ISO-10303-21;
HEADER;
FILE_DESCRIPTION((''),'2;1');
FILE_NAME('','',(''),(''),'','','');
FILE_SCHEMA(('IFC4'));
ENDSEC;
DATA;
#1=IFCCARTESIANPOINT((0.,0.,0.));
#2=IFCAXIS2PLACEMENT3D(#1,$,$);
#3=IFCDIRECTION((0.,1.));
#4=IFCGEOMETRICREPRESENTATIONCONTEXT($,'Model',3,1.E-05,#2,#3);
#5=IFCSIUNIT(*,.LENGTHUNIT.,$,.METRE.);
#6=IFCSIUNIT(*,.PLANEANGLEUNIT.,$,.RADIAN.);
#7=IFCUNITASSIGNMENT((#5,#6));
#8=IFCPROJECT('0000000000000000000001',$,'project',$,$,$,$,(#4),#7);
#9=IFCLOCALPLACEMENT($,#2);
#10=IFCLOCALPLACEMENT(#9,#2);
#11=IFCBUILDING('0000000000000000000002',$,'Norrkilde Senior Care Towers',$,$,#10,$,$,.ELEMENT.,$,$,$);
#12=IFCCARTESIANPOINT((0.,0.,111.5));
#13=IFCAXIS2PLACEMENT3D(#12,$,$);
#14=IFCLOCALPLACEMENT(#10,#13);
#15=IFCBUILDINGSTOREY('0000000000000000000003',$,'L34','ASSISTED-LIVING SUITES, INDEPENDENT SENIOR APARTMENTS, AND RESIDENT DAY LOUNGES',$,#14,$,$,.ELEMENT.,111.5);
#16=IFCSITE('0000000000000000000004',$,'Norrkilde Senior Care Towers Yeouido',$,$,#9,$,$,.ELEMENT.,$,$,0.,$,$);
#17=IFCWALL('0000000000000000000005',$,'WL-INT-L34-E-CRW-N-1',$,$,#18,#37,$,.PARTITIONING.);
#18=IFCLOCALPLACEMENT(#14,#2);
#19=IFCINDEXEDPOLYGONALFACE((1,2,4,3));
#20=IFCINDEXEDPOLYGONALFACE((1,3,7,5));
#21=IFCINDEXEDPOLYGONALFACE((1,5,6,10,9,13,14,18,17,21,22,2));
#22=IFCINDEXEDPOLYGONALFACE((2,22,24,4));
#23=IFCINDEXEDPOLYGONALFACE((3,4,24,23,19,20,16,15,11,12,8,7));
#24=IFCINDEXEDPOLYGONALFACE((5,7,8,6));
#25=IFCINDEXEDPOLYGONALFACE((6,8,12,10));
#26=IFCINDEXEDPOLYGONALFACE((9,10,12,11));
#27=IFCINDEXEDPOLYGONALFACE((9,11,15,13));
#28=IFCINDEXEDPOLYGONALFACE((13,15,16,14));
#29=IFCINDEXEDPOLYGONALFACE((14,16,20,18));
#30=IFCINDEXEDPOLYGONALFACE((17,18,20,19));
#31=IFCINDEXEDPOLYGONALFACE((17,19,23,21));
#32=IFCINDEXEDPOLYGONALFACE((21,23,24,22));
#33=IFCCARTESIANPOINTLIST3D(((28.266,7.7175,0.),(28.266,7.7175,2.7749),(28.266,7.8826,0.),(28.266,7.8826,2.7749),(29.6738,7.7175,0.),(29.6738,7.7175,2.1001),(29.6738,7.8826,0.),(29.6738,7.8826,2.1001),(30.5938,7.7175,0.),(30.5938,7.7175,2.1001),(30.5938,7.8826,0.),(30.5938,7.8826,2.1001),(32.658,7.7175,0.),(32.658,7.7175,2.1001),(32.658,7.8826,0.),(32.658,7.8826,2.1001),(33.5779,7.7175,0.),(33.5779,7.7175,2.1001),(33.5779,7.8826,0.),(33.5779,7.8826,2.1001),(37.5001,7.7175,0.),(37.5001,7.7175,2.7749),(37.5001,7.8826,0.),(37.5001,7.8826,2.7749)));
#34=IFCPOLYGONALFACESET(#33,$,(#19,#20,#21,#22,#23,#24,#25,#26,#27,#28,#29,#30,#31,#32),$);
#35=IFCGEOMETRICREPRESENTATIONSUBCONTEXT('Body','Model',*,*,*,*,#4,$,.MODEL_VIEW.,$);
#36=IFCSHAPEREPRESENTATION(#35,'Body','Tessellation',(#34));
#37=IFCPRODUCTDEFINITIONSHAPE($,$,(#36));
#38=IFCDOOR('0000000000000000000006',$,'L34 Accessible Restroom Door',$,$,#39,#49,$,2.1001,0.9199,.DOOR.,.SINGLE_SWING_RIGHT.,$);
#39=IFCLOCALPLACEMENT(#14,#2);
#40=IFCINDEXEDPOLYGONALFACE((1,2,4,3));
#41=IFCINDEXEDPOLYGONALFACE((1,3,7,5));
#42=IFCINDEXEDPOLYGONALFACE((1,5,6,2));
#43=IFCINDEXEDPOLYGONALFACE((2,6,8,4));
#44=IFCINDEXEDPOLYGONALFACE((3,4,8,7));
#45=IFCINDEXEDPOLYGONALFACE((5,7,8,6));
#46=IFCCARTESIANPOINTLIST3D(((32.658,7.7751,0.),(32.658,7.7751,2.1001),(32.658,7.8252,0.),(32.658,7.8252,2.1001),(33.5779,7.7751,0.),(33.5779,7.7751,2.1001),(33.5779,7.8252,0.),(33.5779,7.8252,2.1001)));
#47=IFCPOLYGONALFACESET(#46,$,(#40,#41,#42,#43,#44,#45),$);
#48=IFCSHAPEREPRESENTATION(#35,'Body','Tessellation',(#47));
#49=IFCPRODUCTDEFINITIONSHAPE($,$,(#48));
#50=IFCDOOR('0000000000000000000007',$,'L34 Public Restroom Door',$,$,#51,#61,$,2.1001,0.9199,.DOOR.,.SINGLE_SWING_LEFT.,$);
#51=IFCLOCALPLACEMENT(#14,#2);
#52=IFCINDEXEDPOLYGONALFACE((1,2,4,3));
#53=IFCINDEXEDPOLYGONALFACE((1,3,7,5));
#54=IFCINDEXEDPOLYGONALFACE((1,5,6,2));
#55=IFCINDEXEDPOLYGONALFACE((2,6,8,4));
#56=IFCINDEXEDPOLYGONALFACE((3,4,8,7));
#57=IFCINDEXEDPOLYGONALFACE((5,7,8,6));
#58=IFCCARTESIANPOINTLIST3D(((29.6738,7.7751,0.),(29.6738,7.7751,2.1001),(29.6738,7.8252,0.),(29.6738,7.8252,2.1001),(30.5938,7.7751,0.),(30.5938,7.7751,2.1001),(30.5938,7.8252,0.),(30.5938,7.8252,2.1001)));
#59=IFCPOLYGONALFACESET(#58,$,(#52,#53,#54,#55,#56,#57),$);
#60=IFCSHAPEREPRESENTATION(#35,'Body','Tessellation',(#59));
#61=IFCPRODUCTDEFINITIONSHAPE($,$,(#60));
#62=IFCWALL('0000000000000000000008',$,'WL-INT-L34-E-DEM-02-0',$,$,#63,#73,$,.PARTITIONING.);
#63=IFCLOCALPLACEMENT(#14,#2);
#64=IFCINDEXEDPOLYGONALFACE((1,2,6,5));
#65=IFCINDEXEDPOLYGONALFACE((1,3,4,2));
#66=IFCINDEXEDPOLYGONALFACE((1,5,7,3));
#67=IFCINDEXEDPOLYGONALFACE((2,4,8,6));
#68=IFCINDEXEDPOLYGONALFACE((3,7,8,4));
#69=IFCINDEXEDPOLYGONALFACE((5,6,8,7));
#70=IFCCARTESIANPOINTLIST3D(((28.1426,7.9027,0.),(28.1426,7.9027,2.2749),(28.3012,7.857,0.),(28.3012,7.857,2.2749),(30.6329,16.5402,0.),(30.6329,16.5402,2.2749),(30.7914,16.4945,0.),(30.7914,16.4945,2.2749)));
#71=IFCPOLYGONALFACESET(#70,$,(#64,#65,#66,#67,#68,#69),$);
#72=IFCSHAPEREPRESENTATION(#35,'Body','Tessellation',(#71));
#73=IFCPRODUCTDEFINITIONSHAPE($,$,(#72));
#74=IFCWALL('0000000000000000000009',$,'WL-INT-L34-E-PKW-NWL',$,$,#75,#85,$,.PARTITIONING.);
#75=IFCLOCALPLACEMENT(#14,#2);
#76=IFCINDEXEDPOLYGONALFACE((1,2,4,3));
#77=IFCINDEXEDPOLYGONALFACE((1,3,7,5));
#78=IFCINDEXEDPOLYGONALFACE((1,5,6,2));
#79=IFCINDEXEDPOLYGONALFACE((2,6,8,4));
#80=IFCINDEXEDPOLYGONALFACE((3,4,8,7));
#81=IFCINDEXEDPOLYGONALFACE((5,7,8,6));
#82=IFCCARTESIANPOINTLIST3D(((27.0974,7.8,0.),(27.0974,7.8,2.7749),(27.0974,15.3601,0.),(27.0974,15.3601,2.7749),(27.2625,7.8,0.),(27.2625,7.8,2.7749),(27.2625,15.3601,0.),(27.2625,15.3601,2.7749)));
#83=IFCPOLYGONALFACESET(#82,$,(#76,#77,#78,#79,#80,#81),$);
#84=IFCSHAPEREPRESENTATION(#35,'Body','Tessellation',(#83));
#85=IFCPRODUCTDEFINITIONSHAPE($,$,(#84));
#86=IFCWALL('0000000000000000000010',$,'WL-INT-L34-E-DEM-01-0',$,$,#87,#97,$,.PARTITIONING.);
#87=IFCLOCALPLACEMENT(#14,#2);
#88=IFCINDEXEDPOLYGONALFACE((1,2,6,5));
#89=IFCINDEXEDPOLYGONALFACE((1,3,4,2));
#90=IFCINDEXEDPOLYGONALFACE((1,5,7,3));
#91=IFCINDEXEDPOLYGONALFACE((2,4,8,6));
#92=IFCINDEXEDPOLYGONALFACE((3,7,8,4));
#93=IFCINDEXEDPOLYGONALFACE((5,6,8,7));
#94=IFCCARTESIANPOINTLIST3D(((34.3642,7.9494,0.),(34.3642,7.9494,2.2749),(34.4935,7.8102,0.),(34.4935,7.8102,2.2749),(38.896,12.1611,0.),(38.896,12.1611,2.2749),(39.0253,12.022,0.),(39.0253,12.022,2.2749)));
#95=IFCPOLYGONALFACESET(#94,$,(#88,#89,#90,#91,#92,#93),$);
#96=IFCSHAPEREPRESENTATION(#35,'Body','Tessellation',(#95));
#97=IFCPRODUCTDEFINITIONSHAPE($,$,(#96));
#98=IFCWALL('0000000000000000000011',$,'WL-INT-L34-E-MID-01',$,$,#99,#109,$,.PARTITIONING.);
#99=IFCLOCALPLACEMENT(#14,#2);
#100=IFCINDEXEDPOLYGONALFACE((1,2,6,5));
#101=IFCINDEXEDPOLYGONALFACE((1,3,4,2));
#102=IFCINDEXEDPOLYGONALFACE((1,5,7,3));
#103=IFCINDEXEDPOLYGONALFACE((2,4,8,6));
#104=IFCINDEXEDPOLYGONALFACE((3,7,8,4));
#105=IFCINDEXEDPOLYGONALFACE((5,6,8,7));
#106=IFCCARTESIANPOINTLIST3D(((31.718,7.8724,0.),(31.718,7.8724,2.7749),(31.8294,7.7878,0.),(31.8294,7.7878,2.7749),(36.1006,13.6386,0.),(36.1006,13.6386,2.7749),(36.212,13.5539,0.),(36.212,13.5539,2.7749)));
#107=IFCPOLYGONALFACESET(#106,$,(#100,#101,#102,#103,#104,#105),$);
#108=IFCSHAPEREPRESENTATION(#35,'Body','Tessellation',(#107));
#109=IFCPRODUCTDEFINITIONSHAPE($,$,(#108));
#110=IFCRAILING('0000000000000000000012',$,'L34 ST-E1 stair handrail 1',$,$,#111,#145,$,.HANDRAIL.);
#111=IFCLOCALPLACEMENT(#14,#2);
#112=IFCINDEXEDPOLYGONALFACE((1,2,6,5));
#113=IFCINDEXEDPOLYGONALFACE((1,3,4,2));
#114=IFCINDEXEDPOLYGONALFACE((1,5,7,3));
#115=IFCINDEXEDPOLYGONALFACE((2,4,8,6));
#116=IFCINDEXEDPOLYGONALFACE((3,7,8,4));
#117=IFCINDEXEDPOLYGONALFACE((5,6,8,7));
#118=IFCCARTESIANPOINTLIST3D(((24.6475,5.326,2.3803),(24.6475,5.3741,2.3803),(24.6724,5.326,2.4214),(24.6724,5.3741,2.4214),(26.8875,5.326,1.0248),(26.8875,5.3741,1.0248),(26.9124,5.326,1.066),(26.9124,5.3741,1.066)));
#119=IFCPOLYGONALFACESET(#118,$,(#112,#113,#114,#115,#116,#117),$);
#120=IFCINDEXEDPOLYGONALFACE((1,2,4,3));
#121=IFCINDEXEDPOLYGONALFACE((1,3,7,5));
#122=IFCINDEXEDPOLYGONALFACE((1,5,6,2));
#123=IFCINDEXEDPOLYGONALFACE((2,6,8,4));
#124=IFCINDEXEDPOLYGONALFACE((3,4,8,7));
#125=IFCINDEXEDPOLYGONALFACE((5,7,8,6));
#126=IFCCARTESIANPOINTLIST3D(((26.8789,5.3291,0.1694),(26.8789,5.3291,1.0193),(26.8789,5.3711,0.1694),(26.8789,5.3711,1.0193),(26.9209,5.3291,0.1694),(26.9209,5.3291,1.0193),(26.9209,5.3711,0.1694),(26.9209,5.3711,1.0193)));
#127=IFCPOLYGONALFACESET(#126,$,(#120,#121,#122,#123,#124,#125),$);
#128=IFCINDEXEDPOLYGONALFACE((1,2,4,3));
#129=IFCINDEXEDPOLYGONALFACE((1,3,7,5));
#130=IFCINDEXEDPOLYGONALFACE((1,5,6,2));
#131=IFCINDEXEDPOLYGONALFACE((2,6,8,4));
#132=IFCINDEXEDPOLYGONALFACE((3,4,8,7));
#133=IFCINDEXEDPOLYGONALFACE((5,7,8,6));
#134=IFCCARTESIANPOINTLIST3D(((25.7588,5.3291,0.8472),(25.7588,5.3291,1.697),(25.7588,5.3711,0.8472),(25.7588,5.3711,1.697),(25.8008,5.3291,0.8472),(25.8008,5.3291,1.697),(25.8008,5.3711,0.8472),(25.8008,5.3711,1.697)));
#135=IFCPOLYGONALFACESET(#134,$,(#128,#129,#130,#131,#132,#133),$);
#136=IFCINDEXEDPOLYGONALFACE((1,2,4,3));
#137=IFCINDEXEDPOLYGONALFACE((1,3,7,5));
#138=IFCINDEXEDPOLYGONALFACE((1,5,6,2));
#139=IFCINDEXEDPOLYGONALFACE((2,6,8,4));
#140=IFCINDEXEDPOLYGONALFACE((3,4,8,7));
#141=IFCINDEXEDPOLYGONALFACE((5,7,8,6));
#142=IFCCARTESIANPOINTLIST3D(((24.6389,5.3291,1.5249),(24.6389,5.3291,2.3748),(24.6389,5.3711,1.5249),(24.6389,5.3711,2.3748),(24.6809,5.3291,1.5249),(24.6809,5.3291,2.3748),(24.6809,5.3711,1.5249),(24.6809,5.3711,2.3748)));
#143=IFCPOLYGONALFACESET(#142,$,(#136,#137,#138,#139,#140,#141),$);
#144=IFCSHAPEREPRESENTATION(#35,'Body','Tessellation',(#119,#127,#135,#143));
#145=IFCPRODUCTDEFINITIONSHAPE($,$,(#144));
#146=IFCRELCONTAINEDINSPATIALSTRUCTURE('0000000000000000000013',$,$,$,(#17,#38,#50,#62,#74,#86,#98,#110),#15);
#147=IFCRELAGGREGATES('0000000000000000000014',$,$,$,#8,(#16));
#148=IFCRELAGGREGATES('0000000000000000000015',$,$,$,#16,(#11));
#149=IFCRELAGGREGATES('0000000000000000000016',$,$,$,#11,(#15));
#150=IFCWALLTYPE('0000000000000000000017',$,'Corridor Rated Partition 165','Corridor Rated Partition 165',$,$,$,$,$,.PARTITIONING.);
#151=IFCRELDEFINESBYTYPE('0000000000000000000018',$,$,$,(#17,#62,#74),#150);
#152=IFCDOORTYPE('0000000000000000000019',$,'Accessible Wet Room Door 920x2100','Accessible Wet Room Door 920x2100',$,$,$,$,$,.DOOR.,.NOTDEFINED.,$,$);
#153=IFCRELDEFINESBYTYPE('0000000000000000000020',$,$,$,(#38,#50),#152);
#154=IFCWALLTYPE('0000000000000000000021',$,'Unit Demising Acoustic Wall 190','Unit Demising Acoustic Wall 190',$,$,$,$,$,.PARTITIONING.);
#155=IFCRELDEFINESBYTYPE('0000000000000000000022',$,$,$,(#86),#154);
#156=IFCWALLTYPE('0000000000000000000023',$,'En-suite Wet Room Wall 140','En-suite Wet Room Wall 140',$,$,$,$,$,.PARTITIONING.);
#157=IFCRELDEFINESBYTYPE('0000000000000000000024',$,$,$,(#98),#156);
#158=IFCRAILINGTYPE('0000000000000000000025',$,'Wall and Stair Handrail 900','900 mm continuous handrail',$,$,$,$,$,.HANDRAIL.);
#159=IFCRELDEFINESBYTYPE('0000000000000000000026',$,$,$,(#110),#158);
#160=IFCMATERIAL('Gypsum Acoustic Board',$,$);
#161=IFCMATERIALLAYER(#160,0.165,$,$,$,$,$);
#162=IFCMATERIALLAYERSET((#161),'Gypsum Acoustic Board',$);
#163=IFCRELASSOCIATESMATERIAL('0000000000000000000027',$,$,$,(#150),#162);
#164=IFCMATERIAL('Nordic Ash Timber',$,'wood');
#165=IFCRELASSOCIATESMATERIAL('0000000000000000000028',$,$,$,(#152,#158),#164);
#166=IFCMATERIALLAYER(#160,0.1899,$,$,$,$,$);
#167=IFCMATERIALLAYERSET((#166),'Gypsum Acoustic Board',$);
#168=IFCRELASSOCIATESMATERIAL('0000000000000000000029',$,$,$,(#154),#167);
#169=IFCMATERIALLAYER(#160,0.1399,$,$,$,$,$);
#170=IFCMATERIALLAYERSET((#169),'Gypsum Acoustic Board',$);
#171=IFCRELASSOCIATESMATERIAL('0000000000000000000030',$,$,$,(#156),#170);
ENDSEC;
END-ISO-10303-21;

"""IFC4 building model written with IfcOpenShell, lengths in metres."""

from ifc_helpers import new_model, si_unit, direction, frame, frame_2d, origin, origin_2d, place, context, subcontext, project, spatial, rectangle, extrude, source, transform, mapped, material, layer, layer_set, type_object, type_shapes, element, fill, save


model = new_model("IFC4")

# Units and contexts
model_context = context("Model", 3, precision=1e-05, world=origin(), true_north=direction((0.0, 1.0)))
body_context = subcontext(model_context, "Body", "Model", "MODEL_VIEW")
ifc_project = project(units=[si_unit("LENGTHUNIT", "METRE"), si_unit("PLANEANGLEUNIT", "RADIAN")], contexts=[model_context])

# Site, building, storey
site_placement = place(None, origin())
site = spatial("IfcSite", under=ifc_project, at=site_placement, Name="Norrkilde Senior Care Towers Yeouido", CompositionType="ELEMENT", RefElevation=0.0)
building_placement = place(site_placement, origin())
building = spatial("IfcBuilding", under=site, at=building_placement, Name="Norrkilde Senior Care Towers", CompositionType="ELEMENT")
storey_placement = place(building_placement, frame((0.0, 0.0, 111.5)))
storey = spatial("IfcBuildingStorey", under=building, at=storey_placement, Name="L34", Description="ASSISTED-LIVING SUITES, INDEPENDENT SENIOR APARTMENTS, AND RESIDENT DAY LOUNGES", CompositionType="ELEMENT", Elevation=111.5)

# Shared definitions
ifc_material_1 = material(Name="Gypsum Acoustic Board")
ifc_layer_1 = layer(ifc_material_1, 0.165)
ifc_layer_set_1 = layer_set([ifc_layer_1], Name="Gypsum Acoustic Board")
wall_type_1 = type_object("IfcWallType", Name="Corridor Rated Partition 165", Description="Corridor Rated Partition 165", PredefinedType="PARTITIONING", material=ifc_layer_set_1)
ifc_material_2 = material(Name="Nordic Ash Timber", Category="wood")

# Wall, openings, doors
shared_shape_1 = source(origin(), body_context, "Body", "SweptSolid", [
    extrude(rectangle(XDim=9.2341, YDim=0.165, at=frame_2d((4.6172, 0.0))), origin(), (0.0, 0.0, 1.0), 2.7749),
])
wall_1_placement = place(storey_placement, frame((28.2659, 7.8, 0.0), z_axis=(0.0, 0.0, 1.0), x_axis=(1.0, 0.0, 0.0)))
wall_1 = element("IfcWall", 1, at=wall_1_placement, inside=storey, type_object=wall_type_1, Name="WL-INT-L34-E-CRW-N-1", PredefinedType="PARTITIONING", context=body_context, shape_type="MappedRepresentation", body=[
    mapped(shared_shape_1, transform((0.0, 0.0, 0.0), x_axis=(1.0, 0.0, 0.0), y_axis=(0.0, 1.0, 0.0), z_axis=(0.0, 0.0, 1.0), scale=1.0)),
])
opening_1_placement = place(wall_1_placement, frame((4.3921, 0.0, 0.0)))
opening_1 = element("IfcOpeningElement", 2, at=opening_1_placement, cuts=wall_1, PredefinedType="OPENING", context=body_context, shape_type="SweptSolid", body=[
    extrude(rectangle(XDim=0.9199, YDim=2.1001, at=frame_2d((0.46, 1.05))), frame((0.0, 0.0925, 0.0), z_axis=(0.0, -1.0, 0.0), x_axis=(1.0, 0.0, 0.0)), (0.0, 0.0, 1.0), 0.1851),
])
opening_2_placement = place(wall_1_placement, frame((1.408, 0.0, 0.0)))
opening_2 = element("IfcOpeningElement", 3, at=opening_2_placement, cuts=wall_1, PredefinedType="OPENING", context=body_context, shape_type="SweptSolid", body=[
    extrude(rectangle(XDim=0.9199, YDim=2.1001, at=frame_2d((0.46, 1.05))), frame((0.0, 0.0925, 0.0), z_axis=(0.0, -1.0, 0.0), x_axis=(1.0, 0.0, 0.0)), (0.0, 0.0, 1.0), 0.1851),
])
door_type_1 = type_object("IfcDoorType", Name="Accessible Wet Room Door 920x2100", Description="Accessible Wet Room Door 920x2100", OperationType="NOTDEFINED", PredefinedType="DOOR", material=ifc_material_2)
shared_shape_2 = source(origin(), body_context, "Body", "SweptSolid", [
    extrude(rectangle(XDim=0.9199, YDim=2.1001, at=frame_2d((0.46, 1.05))), frame((0.0, 0.0249, 0.0), z_axis=(0.0, -1.0, 0.0), x_axis=(1.0, 0.0, 0.0)), (0.0, 0.0, 1.0), 0.05),
])
type_shapes(door_type_1, [shared_shape_2])
door_1_placement = place(opening_1_placement, frame((0.9199, 0.0, 0.0), z_axis=(0.0, 0.0, 1.0), x_axis=(-1.0, 0.0, 0.0)))
door_1 = element("IfcDoor", 4, at=door_1_placement, inside=storey, type_object=door_type_1, Name="L34 Accessible Restroom Door", OperationType="SINGLE_SWING_RIGHT", OverallHeight=2.1001, OverallWidth=0.9199, PredefinedType="DOOR", context=body_context, shape_type="MappedRepresentation", body=[
    mapped(shared_shape_2, transform((0.0, 0.0, 0.0), x_axis=(1.0, 0.0, 0.0), y_axis=(0.0, 1.0, 0.0), z_axis=(0.0, 0.0, 1.0), scale=1.0)),
])
fill(opening_1, door_1)
door_2_placement = place(opening_2_placement, frame((0.9199, 0.0, 0.0), z_axis=(0.0, 0.0, 1.0), x_axis=(-1.0, 0.0, 0.0)))
door_2 = element("IfcDoor", 5, at=door_2_placement, inside=storey, type_object=door_type_1, Name="L34 Public Restroom Door", OperationType="SINGLE_SWING_LEFT", OverallHeight=2.1001, OverallWidth=0.9199, PredefinedType="DOOR", context=body_context, shape_type="MappedRepresentation", body=[
    mapped(shared_shape_2, transform((0.0, 0.0, 0.0), x_axis=(1.0, 0.0, 0.0), y_axis=(0.0, 1.0, 0.0), z_axis=(0.0, 0.0, 1.0), scale=1.0)),
])
fill(opening_2, door_2)

# Walls
shared_shape_3 = source(origin(), body_context, "Body", "SweptSolid", [
    extrude(rectangle(XDim=8.9893, YDim=0.165, at=frame_2d((4.4946, 0.0))), origin(), (0.0, 0.0, 1.0), 2.2749),
])
wall_2_placement = place(storey_placement, frame((28.2219, 7.8799, 0.0), z_axis=(0.0, 0.0, 1.0), x_axis=(0.277023, 0.960863, 0.0)))
element("IfcWall", 6, at=wall_2_placement, inside=storey, type_object=wall_type_1, Name="WL-INT-L34-E-DEM-02-0", PredefinedType="PARTITIONING", context=body_context, shape_type="MappedRepresentation", body=[
    mapped(shared_shape_3, transform((0.0, 0.0, 0.0), x_axis=(1.0, 0.0, 0.0), y_axis=(0.0, 1.0, 0.0), z_axis=(0.0, 0.0, 1.0), scale=1.0)),
])
shared_shape_4 = source(origin(), body_context, "Body", "SweptSolid", [
    extrude(rectangle(XDim=7.5601, YDim=0.165, at=frame_2d((3.78, 0.0))), origin(), (0.0, 0.0, 1.0), 2.7749),
])
wall_3_placement = place(storey_placement, frame((27.1799, 7.8, 0.0), z_axis=(0.0, 0.0, 1.0), x_axis=(0.0, 1.0, 0.0)))
element("IfcWall", 7, at=wall_3_placement, inside=storey, type_object=wall_type_1, Name="WL-INT-L34-E-PKW-NWL", PredefinedType="PARTITIONING", context=body_context, shape_type="MappedRepresentation", body=[
    mapped(shared_shape_4, transform((0.0, 0.0, 0.0), x_axis=(1.0, 0.0, 0.0), y_axis=(0.0, 1.0, 0.0), z_axis=(0.0, 0.0, 1.0), scale=1.0)),
])
ifc_layer_2 = layer(ifc_material_1, 0.1899)
ifc_layer_set_2 = layer_set([ifc_layer_2], Name="Gypsum Acoustic Board")
wall_type_2 = type_object("IfcWallType", Name="Unit Demising Acoustic Wall 190", Description="Unit Demising Acoustic Wall 190", PredefinedType="PARTITIONING", material=ifc_layer_set_2)
shared_shape_5 = source(origin(), body_context, "Body", "SweptSolid", [
    extrude(rectangle(XDim=6.1868, YDim=0.1899, at=frame_2d((3.0933, 0.0))), origin(), (0.0, 0.0, 1.0), 2.2749),
])
type_shapes(wall_type_2, [shared_shape_5])
wall_4_placement = place(storey_placement, frame((34.429, 7.8799, 0.0), z_axis=(0.0, 0.0, 1.0), x_axis=(0.732501, 0.680766, 0.0)))
element("IfcWall", 8, at=wall_4_placement, inside=storey, type_object=wall_type_2, Name="WL-INT-L34-E-DEM-01-0", PredefinedType="PARTITIONING", context=body_context, shape_type="MappedRepresentation", body=[
    mapped(shared_shape_5, transform((0.0, 0.0, 0.0), x_axis=(1.0, 0.0, 0.0), y_axis=(0.0, 1.0, 0.0), z_axis=(0.0, 0.0, 1.0), scale=1.0)),
])
ifc_layer_3 = layer(ifc_material_1, 0.1399)
ifc_layer_set_3 = layer_set([ifc_layer_3], Name="Gypsum Acoustic Board")
wall_type_3 = type_object("IfcWallType", Name="En-suite Wet Room Wall 140", Description="En-suite Wet Room Wall 140", PredefinedType="PARTITIONING", material=ifc_layer_set_3)
shared_shape_6 = source(origin(), body_context, "Body", "SweptSolid", [
    extrude(rectangle(XDim=7.2427, YDim=0.1399, at=frame_2d((3.6213, 0.0))), origin(), (0.0, 0.0, 1.0), 2.7749),
])
type_shapes(wall_type_3, [shared_shape_6])
wall_5_placement = place(storey_placement, frame((31.7737, 7.8301, 0.0), z_axis=(0.0, 0.0, 1.0), x_axis=(0.605111, 0.796141, 0.0)))
element("IfcWall", 9, at=wall_5_placement, inside=storey, type_object=wall_type_3, Name="WL-INT-L34-E-MID-01", PredefinedType="PARTITIONING", context=body_context, shape_type="MappedRepresentation", body=[
    mapped(shared_shape_6, transform((0.0, 0.0, 0.0), x_axis=(1.0, 0.0, 0.0), y_axis=(0.0, 1.0, 0.0), z_axis=(0.0, 0.0, 1.0), scale=1.0)),
])

# Railing
railing_type = type_object("IfcRailingType", Name="Wall and Stair Handrail 900", Description="900 mm continuous handrail", PredefinedType="HANDRAIL", material=ifc_material_2)
railing_placement = place(storey_placement, frame((26.8999, 5.3501, 0.1694)))
element("IfcRailing", 10, at=railing_placement, inside=storey, type_object=railing_type, Name="L34 ST-E1 stair handrail 1", PredefinedType="HANDRAIL", context=body_context, shape_type="SweptSolid", body=[
    extrude(rectangle(XDim=0.0481, YDim=0.0481, at=origin_2d()), frame((0.0, 0.0, 0.876), z_axis=(-0.855553, 0.0, 0.517715), x_axis=(0.0, -1.0, 0.0)), (0.0, 0.0, 1.0), 2.6182),
    extrude(rectangle(XDim=0.042, YDim=0.042, at=origin_2d()), origin(), (0.0, 0.0, 1.0), 0.8499),
    extrude(rectangle(XDim=0.042, YDim=0.042, at=origin_2d()), frame((-1.1201, 0.0, 0.6777)), (0.0, 0.0, 1.0), 0.8499),
    extrude(rectangle(XDim=0.042, YDim=0.042, at=origin_2d()), frame((-2.24, 0.0, 1.3555)), (0.0, 0.0, 1.0), 0.8499),
])

save(model, "model.ifc")
